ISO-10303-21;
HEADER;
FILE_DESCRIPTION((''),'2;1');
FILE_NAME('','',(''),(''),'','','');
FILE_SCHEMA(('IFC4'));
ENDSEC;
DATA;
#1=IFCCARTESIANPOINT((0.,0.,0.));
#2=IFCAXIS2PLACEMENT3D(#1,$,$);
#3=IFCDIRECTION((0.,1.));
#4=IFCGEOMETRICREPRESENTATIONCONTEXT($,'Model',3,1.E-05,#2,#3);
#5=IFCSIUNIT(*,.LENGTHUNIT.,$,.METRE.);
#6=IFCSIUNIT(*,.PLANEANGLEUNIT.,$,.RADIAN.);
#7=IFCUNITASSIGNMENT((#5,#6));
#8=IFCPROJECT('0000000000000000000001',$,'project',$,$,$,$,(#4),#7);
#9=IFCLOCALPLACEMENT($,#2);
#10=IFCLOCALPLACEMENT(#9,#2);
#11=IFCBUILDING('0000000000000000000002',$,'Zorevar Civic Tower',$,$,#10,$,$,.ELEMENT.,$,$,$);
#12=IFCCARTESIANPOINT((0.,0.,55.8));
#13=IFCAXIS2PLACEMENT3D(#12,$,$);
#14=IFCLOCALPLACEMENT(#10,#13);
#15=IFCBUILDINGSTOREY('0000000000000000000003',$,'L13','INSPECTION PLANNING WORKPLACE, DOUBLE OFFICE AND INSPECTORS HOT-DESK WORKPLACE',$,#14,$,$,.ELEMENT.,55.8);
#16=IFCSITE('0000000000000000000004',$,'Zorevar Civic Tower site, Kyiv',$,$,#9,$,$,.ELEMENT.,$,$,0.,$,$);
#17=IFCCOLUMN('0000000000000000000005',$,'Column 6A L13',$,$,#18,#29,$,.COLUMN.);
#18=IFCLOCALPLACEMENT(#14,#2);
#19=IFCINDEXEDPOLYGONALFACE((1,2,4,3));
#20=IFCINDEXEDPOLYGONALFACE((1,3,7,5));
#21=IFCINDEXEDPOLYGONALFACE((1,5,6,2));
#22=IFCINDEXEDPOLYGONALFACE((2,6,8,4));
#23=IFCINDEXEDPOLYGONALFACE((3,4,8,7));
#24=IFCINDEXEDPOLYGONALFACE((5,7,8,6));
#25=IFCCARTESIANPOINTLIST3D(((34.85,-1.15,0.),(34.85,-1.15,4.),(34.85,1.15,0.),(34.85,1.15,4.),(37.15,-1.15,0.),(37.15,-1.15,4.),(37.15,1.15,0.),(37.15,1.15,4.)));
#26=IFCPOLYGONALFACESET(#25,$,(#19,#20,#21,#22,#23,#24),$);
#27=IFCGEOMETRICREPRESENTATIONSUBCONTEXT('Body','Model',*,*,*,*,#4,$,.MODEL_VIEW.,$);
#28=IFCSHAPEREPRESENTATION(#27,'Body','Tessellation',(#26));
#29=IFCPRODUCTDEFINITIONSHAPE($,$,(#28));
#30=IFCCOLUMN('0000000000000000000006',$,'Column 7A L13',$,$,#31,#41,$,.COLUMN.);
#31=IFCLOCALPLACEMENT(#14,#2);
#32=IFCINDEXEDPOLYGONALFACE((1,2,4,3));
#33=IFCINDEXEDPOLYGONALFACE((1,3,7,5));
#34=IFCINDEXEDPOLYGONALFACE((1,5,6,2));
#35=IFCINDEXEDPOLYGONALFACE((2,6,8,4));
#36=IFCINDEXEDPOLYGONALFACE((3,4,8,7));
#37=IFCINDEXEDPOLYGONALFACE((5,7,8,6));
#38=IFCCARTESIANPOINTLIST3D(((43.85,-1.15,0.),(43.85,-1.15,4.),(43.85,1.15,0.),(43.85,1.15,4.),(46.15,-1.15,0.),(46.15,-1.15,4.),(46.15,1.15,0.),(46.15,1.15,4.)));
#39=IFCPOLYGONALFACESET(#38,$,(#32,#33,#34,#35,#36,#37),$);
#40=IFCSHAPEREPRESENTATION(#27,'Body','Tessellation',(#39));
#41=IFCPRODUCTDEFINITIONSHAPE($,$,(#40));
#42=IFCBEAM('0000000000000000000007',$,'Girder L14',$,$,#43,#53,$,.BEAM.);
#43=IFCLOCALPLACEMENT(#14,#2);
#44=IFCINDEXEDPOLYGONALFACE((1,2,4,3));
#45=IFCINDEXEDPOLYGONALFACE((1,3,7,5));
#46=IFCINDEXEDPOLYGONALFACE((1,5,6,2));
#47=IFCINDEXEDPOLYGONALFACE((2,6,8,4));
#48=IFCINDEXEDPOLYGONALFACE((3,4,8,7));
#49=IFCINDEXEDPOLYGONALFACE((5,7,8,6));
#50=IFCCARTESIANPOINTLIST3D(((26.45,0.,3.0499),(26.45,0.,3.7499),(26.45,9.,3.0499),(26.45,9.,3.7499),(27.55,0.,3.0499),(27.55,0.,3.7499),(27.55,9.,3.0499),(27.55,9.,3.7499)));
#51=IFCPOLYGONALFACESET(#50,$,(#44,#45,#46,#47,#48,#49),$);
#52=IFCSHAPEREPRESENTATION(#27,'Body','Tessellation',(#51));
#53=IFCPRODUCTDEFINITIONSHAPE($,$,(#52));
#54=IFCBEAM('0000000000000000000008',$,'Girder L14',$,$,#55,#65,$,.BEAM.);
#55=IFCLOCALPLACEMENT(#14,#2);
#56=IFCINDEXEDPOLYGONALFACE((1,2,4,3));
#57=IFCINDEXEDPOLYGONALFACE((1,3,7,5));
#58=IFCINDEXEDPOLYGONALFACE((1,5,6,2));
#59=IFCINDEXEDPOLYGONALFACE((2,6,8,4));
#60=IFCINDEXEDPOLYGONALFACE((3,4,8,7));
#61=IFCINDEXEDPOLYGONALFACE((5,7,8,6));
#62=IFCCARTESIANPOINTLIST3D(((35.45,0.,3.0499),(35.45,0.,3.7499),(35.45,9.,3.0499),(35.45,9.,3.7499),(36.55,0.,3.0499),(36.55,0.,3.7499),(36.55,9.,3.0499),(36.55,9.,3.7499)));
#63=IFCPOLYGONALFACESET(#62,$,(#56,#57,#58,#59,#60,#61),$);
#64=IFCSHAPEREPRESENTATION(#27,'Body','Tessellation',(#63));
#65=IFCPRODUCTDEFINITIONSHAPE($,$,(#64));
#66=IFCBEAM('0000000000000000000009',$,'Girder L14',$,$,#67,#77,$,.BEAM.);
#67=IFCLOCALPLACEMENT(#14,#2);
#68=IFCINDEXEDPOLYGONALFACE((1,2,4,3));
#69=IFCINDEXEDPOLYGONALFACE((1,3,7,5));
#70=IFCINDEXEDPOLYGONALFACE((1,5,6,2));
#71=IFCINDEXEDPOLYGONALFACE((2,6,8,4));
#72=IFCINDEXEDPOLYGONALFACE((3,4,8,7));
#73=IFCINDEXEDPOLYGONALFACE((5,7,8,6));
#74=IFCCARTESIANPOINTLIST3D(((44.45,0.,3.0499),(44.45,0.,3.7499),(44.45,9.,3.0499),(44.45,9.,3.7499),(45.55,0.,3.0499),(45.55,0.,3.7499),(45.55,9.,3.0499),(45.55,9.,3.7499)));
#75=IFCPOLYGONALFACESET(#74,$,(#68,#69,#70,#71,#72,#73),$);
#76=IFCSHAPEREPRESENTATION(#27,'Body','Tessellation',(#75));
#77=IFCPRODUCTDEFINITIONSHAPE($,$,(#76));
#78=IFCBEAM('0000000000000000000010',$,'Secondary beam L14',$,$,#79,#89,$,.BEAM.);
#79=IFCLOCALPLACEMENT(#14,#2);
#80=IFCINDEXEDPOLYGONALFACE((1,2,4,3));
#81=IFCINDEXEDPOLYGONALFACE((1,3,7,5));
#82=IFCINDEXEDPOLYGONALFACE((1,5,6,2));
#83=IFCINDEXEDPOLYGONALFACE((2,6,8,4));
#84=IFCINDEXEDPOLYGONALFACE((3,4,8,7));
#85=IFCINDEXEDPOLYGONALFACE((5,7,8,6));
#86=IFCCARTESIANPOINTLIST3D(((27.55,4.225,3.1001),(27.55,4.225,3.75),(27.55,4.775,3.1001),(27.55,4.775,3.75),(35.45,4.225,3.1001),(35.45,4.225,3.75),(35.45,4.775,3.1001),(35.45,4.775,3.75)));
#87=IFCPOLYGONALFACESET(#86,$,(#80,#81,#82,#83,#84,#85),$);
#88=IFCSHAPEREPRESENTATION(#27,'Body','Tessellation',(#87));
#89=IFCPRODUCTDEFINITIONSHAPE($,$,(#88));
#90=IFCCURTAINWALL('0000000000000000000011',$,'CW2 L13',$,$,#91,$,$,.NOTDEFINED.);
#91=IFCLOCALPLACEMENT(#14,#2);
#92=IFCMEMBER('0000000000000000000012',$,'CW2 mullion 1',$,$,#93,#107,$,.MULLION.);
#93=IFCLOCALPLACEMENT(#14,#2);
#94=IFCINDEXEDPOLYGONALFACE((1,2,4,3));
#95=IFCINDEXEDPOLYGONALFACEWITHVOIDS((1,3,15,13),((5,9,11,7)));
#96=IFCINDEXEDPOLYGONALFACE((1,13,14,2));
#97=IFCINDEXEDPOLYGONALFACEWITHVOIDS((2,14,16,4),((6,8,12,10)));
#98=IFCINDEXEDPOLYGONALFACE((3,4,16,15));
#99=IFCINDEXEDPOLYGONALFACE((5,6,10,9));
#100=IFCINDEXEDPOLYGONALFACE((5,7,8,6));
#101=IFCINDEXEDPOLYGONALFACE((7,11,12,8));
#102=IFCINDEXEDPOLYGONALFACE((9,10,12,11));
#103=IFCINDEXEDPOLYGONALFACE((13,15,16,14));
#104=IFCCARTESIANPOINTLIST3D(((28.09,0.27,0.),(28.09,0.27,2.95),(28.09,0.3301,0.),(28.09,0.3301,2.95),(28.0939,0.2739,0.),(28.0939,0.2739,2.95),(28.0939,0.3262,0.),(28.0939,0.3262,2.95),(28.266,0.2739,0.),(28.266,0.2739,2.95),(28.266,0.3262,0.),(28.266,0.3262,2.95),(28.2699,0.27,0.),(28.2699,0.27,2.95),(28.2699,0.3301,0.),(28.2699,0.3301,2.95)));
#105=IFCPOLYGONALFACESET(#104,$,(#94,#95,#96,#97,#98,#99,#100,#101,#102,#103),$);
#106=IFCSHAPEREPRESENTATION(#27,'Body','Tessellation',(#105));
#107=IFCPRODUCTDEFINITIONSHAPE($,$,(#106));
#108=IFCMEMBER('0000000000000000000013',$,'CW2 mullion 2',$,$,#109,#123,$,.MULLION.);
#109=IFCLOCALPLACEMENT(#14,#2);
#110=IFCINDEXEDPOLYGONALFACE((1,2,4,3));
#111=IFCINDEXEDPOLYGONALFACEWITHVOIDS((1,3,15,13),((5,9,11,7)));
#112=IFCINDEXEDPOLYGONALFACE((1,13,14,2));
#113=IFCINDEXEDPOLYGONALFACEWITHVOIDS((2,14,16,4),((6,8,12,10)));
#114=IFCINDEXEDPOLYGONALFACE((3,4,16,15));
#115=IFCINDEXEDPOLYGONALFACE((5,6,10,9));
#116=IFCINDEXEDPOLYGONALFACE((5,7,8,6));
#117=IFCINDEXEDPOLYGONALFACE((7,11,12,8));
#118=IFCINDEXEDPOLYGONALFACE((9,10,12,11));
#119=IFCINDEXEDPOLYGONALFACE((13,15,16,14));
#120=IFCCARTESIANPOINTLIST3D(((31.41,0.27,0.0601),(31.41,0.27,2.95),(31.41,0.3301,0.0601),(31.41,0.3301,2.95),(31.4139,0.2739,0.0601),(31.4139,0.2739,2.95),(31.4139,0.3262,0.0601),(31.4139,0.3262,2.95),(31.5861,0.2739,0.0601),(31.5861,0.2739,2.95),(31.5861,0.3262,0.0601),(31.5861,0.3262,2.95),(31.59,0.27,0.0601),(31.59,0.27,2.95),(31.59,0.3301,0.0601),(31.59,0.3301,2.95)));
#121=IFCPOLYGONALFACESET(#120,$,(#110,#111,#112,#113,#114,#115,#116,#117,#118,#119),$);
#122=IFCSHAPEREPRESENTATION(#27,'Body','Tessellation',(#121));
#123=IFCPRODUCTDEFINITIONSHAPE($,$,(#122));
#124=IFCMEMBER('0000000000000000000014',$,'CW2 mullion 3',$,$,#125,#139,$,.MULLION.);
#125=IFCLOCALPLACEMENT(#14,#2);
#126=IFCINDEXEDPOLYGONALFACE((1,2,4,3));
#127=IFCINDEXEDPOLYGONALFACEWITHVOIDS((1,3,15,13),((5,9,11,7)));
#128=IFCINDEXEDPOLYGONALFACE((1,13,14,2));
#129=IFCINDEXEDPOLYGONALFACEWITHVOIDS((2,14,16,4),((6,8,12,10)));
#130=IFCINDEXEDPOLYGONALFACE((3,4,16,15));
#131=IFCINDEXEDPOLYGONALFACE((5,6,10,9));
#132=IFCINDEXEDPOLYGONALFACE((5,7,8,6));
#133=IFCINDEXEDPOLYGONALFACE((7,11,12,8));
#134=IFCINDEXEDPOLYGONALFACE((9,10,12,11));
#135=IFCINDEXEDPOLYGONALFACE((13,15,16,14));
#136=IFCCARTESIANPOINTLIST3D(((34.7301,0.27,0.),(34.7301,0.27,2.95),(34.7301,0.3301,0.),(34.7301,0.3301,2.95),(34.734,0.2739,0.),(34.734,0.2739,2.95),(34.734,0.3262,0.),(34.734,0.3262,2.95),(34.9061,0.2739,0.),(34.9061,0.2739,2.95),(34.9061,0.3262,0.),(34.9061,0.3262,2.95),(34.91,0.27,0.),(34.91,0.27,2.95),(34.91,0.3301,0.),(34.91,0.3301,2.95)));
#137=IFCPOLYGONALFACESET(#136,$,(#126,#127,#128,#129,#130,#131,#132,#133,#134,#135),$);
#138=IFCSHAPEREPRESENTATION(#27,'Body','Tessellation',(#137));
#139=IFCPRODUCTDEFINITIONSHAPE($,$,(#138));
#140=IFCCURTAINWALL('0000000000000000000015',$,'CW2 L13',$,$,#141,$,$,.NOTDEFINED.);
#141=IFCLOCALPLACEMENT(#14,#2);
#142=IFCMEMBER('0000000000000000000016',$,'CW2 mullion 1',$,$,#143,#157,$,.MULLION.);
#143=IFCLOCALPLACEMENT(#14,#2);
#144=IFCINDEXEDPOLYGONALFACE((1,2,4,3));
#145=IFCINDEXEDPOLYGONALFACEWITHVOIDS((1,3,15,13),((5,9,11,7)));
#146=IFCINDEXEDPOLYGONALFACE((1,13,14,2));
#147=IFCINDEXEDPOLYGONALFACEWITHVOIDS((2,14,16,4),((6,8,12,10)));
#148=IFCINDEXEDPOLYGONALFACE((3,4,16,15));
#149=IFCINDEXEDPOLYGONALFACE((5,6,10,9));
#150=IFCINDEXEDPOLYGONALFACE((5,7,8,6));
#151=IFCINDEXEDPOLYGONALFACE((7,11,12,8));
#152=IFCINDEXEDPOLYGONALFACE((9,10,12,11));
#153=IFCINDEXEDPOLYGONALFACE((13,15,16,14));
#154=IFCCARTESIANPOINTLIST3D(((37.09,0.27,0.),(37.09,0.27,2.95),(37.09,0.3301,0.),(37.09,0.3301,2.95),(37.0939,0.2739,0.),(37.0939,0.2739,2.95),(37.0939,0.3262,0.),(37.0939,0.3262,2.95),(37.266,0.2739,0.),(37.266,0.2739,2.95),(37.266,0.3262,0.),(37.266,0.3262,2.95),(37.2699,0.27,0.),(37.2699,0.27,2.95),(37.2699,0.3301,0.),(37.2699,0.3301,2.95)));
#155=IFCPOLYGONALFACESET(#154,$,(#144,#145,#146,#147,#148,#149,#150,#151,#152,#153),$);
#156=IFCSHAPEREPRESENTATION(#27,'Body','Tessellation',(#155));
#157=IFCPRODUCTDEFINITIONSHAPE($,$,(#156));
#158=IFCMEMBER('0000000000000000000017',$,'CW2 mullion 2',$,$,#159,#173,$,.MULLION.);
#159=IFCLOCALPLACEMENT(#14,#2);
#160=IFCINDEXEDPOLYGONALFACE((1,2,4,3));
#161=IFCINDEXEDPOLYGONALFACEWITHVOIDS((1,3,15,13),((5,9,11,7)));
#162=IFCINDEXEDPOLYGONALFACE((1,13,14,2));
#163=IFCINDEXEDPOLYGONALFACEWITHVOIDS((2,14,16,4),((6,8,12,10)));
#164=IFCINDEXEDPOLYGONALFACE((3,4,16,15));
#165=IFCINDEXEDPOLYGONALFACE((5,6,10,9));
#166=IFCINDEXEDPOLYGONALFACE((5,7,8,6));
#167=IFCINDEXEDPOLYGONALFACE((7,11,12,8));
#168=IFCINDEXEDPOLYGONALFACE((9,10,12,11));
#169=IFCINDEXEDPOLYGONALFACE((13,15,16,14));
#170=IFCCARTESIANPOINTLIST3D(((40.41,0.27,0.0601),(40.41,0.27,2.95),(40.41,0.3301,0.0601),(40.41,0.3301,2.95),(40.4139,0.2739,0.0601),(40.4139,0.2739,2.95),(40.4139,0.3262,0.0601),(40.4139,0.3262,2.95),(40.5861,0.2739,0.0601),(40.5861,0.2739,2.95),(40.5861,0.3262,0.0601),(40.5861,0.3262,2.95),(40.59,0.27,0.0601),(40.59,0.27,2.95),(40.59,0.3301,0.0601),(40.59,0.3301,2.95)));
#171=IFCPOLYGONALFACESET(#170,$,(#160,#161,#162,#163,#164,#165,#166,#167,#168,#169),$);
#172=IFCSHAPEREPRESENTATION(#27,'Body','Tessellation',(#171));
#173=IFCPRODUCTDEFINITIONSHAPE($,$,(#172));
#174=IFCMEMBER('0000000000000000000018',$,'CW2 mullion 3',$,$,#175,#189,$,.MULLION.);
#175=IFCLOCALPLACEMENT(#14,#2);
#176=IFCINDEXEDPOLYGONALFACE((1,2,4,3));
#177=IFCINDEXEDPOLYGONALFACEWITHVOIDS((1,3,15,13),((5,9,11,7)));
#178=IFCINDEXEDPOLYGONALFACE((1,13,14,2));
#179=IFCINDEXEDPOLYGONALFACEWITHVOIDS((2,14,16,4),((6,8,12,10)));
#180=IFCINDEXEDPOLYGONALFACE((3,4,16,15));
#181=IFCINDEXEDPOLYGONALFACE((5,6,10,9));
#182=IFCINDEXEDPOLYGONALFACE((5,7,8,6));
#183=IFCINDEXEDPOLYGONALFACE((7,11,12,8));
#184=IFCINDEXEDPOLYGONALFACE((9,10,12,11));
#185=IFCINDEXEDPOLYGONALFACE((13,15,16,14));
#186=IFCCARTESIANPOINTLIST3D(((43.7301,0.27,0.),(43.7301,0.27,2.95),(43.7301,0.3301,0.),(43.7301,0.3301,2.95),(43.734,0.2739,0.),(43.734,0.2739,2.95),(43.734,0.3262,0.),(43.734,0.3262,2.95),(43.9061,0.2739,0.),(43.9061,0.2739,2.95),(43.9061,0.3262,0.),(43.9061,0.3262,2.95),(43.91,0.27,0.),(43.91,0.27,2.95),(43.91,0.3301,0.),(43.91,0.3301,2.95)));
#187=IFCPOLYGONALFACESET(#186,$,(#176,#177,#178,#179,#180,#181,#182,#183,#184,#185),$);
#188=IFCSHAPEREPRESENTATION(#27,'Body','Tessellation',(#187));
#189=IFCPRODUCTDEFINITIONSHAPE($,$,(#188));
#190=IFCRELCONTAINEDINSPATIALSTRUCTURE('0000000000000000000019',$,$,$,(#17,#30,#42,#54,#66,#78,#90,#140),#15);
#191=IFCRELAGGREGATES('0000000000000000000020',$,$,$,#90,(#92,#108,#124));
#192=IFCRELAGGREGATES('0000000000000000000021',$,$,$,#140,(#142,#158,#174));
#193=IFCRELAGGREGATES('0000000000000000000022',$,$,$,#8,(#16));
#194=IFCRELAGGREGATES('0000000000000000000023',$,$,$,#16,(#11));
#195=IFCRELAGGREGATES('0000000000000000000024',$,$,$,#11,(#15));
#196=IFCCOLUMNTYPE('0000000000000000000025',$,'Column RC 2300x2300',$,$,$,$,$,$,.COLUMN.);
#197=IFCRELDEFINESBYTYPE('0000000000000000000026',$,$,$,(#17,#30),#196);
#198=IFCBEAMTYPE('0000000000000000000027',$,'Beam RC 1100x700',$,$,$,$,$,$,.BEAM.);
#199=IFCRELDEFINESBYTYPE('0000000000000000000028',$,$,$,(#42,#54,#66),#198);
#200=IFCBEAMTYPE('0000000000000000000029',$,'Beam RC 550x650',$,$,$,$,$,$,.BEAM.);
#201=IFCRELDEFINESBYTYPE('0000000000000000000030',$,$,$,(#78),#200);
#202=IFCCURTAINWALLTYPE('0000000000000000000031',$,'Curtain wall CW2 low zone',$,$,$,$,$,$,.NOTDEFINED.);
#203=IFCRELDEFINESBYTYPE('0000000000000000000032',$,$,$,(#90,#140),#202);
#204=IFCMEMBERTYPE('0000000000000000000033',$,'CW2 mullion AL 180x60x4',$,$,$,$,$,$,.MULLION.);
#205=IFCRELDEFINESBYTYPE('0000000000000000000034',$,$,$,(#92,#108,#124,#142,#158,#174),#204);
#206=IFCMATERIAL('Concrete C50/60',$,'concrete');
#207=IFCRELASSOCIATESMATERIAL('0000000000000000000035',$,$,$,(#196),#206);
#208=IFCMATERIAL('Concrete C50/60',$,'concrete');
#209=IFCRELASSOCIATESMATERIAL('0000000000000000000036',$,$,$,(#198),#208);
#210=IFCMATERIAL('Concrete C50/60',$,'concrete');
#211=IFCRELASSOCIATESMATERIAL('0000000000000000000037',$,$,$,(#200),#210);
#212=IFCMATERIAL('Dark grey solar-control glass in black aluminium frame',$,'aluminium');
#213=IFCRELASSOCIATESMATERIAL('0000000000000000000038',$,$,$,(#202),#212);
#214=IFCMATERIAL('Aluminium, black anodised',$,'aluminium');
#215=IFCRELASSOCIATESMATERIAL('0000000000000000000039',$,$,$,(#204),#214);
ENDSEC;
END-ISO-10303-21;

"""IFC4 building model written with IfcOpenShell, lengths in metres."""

from ifc_helpers import new_model, si_unit, direction, frame, origin, origin_2d, place, context, subcontext, project, spatial, rectangle, hollow_rectangle, extrude, material, material_profile, profile_set, type_object, element, aggregate, save


model = new_model("IFC4")

# Units and contexts
model_context = context("Model", 3, precision=1e-05, world=origin(), true_north=direction((0.0, 1.0)))
body_context = subcontext(model_context, "Body", "Model", "MODEL_VIEW")
ifc_project = project(units=[si_unit("LENGTHUNIT", "METRE"), si_unit("PLANEANGLEUNIT", "RADIAN")], contexts=[model_context])

# Site, building, storey
site_placement = place(None, origin())
site = spatial("IfcSite", under=ifc_project, at=site_placement, Name="Zorevar Civic Tower site, Kyiv", CompositionType="ELEMENT", RefElevation=0.0)
building_placement = place(site_placement, origin())
building = spatial("IfcBuilding", under=site, at=building_placement, Name="Zorevar Civic Tower", CompositionType="ELEMENT")
storey_placement = place(building_placement, frame((0.0, 0.0, 55.8)))
storey = spatial("IfcBuildingStorey", under=building, at=storey_placement, Name="L13", Description="INSPECTION PLANNING WORKPLACE, DOUBLE OFFICE AND INSPECTORS HOT-DESK WORKPLACE", CompositionType="ELEMENT", Elevation=55.8)

# Columns
ifc_material_1 = material(Name="Concrete C50/60", Category="concrete")
ifc_material_profile_1 = material_profile(ifc_material_1, rectangle(XDim=2.3, YDim=2.3, at=origin_2d()), Name="RC 2300x2300")
ifc_profile_set_1 = profile_set([ifc_material_profile_1], Name="Concrete C50/60")
column_type = type_object("IfcColumnType", Name="Column RC 2300x2300", PredefinedType="COLUMN", material=ifc_profile_set_1)
for number, where, z_axis, x_axis, name in (
    (1, (36.0, 0.0, 0.0), (0.0, 0.0, 1.0), (1.0, 0.0, 0.0), "Column 6A L13"),
    (2, (45.0, 0.0, 0.0), (0.0, 0.0, 1.0), (1.0, 0.0, 0.0), "Column 7A L13"),
):
    element("IfcColumn", number, at=place(storey_placement, frame(where, z_axis=z_axis, x_axis=x_axis)), inside=storey, type_object=column_type, Name=name, PredefinedType="COLUMN", context=body_context, shape_type="SweptSolid", body=[
        extrude(rectangle(XDim=2.3, YDim=2.3, at=origin_2d()), origin(), (0.0, 0.0, 1.0), 4.0),
    ])

# Beams
ifc_material_2 = material(Name="Concrete C50/60", Category="concrete")
ifc_material_profile_2 = material_profile(ifc_material_2, rectangle(XDim=1.1001, YDim=0.7, at=origin_2d()), Name="RC 1100x700")
ifc_profile_set_2 = profile_set([ifc_material_profile_2], Name="Concrete C50/60")
beam_type_1 = type_object("IfcBeamType", Name="Beam RC 1100x700", PredefinedType="BEAM", material=ifc_profile_set_2)
for number, where, z_axis, x_axis, name in (
    (3, (27.0, 0.0, 3.3999), (0.0, 1.0, 0.0), (-1.0, 0.0, 0.0), "Girder L14"),
    (4, (36.0, 0.0, 3.3999), (0.0, 1.0, 0.0), (-1.0, 0.0, 0.0), "Girder L14"),
    (5, (45.0, 0.0, 3.3999), (0.0, 1.0, 0.0), (-1.0, 0.0, 0.0), "Girder L14"),
):
    element("IfcBeam", number, at=place(storey_placement, frame(where, z_axis=z_axis, x_axis=x_axis)), inside=storey, type_object=beam_type_1, Name=name, PredefinedType="BEAM", context=body_context, shape_type="SweptSolid", body=[
        extrude(rectangle(XDim=1.1001, YDim=0.7, at=origin_2d()), origin(), (0.0, 0.0, 1.0), 9.0),
    ])
ifc_material_3 = material(Name="Concrete C50/60", Category="concrete")
ifc_material_profile_3 = material_profile(ifc_material_3, rectangle(XDim=0.55, YDim=0.6499, at=origin_2d()), Name="RC 550x650")
ifc_profile_set_3 = profile_set([ifc_material_profile_3], Name="Concrete C50/60")
beam_type_2 = type_object("IfcBeamType", Name="Beam RC 550x650", PredefinedType="BEAM", material=ifc_profile_set_3)
beam_placement = place(storey_placement, frame((27.55, 4.5, 3.425), z_axis=(1.0, 0.0, 0.0), x_axis=(0.0, 1.0, 0.0)))
element("IfcBeam", 6, at=beam_placement, inside=storey, type_object=beam_type_2, Name="Secondary beam L14", PredefinedType="BEAM", context=body_context, shape_type="SweptSolid", body=[
    extrude(rectangle(XDim=0.55, YDim=0.6499, at=origin_2d()), origin(), (0.0, 0.0, 1.0), 7.8999),
])

# Curtain walls, members
ifc_material_4 = material(Name="Dark grey solar-control glass in black aluminium frame", Category="aluminium")
curtain_wall_type = type_object("IfcCurtainWallType", Name="Curtain wall CW2 low zone", PredefinedType="NOTDEFINED", material=ifc_material_4)
curtain_wall_1_placement = place(storey_placement, origin())
curtain_wall_1 = element("IfcCurtainWall", 7, at=curtain_wall_1_placement, inside=storey, type_object=curtain_wall_type, Name="CW2 L13", PredefinedType="NOTDEFINED")
ifc_material_5 = material(Name="Aluminium, black anodised", Category="aluminium")
ifc_material_profile_4 = material_profile(ifc_material_5, hollow_rectangle(XDim=0.0601, YDim=0.1799, WallThickness=0.0039, at=origin_2d()), Name="AL 180x60x4")
ifc_profile_set_4 = profile_set([ifc_material_profile_4], Name="Aluminium, black anodised")
member_type_1 = type_object("IfcMemberType", Name="CW2 mullion AL 180x60x4", PredefinedType="MULLION", material=ifc_profile_set_4)
member_1_placement = place(storey_placement, frame((28.1799, 0.3, 0.0), z_axis=(0.0, 0.0, 1.0), x_axis=(0.0, 1.0, 0.0)))
member_1 = element("IfcMember", 8, at=member_1_placement, type_object=member_type_1, Name="CW2 mullion 1", PredefinedType="MULLION", context=body_context, shape_type="SweptSolid", body=[
    extrude(hollow_rectangle(XDim=0.0601, YDim=0.1799, WallThickness=0.0039, at=origin_2d()), origin(), (0.0, 0.0, 1.0), 2.95),
])
member_2_placement = place(storey_placement, frame((31.5, 0.3, 0.0601), z_axis=(0.0, 0.0, 1.0), x_axis=(0.0, 1.0, 0.0)))
member_2 = element("IfcMember", 9, at=member_2_placement, type_object=member_type_1, Name="CW2 mullion 2", PredefinedType="MULLION", context=body_context, shape_type="SweptSolid", body=[
    extrude(hollow_rectangle(XDim=0.0601, YDim=0.1799, WallThickness=0.0039, at=origin_2d()), origin(), (0.0, 0.0, 1.0), 2.8899),
])
member_3_placement = place(storey_placement, frame((34.8201, 0.3, 0.0), z_axis=(0.0, 0.0, 1.0), x_axis=(0.0, 1.0, 0.0)))
member_3 = element("IfcMember", 10, at=member_3_placement, type_object=member_type_1, Name="CW2 mullion 3", PredefinedType="MULLION", context=body_context, shape_type="SweptSolid", body=[
    extrude(hollow_rectangle(XDim=0.0601, YDim=0.1799, WallThickness=0.0039, at=origin_2d()), origin(), (0.0, 0.0, 1.0), 2.95),
])
curtain_wall_2_placement = place(storey_placement, origin())
curtain_wall_2 = element("IfcCurtainWall", 11, at=curtain_wall_2_placement, inside=storey, type_object=curtain_wall_type, Name="CW2 L13", PredefinedType="NOTDEFINED")
member_4_placement = place(storey_placement, frame((37.1799, 0.3, 0.0), z_axis=(0.0, 0.0, 1.0), x_axis=(0.0, 1.0, 0.0)))
member_4 = element("IfcMember", 12, at=member_4_placement, type_object=member_type_1, Name="CW2 mullion 1", PredefinedType="MULLION", context=body_context, shape_type="SweptSolid", body=[
    extrude(hollow_rectangle(XDim=0.0601, YDim=0.1799, WallThickness=0.0039, at=origin_2d()), origin(), (0.0, 0.0, 1.0), 2.95),
])
member_5_placement = place(storey_placement, frame((40.5, 0.3, 0.0601), z_axis=(0.0, 0.0, 1.0), x_axis=(0.0, 1.0, 0.0)))
member_5 = element("IfcMember", 13, at=member_5_placement, type_object=member_type_1, Name="CW2 mullion 2", PredefinedType="MULLION", context=body_context, shape_type="SweptSolid", body=[
    extrude(hollow_rectangle(XDim=0.0601, YDim=0.1799, WallThickness=0.0039, at=origin_2d()), origin(), (0.0, 0.0, 1.0), 2.8899),
])
member_6_placement = place(storey_placement, frame((43.8201, 0.3, 0.0), z_axis=(0.0, 0.0, 1.0), x_axis=(0.0, 1.0, 0.0)))
member_6 = element("IfcMember", 14, at=member_6_placement, type_object=member_type_1, Name="CW2 mullion 3", PredefinedType="MULLION", context=body_context, shape_type="SweptSolid", body=[
    extrude(hollow_rectangle(XDim=0.0601, YDim=0.1799, WallThickness=0.0039, at=origin_2d()), origin(), (0.0, 0.0, 1.0), 2.95),
])

aggregate(curtain_wall_1, [member_1, member_2, member_3])
aggregate(curtain_wall_2, [member_4, member_5, member_6])

save(model, "model.ifc")
